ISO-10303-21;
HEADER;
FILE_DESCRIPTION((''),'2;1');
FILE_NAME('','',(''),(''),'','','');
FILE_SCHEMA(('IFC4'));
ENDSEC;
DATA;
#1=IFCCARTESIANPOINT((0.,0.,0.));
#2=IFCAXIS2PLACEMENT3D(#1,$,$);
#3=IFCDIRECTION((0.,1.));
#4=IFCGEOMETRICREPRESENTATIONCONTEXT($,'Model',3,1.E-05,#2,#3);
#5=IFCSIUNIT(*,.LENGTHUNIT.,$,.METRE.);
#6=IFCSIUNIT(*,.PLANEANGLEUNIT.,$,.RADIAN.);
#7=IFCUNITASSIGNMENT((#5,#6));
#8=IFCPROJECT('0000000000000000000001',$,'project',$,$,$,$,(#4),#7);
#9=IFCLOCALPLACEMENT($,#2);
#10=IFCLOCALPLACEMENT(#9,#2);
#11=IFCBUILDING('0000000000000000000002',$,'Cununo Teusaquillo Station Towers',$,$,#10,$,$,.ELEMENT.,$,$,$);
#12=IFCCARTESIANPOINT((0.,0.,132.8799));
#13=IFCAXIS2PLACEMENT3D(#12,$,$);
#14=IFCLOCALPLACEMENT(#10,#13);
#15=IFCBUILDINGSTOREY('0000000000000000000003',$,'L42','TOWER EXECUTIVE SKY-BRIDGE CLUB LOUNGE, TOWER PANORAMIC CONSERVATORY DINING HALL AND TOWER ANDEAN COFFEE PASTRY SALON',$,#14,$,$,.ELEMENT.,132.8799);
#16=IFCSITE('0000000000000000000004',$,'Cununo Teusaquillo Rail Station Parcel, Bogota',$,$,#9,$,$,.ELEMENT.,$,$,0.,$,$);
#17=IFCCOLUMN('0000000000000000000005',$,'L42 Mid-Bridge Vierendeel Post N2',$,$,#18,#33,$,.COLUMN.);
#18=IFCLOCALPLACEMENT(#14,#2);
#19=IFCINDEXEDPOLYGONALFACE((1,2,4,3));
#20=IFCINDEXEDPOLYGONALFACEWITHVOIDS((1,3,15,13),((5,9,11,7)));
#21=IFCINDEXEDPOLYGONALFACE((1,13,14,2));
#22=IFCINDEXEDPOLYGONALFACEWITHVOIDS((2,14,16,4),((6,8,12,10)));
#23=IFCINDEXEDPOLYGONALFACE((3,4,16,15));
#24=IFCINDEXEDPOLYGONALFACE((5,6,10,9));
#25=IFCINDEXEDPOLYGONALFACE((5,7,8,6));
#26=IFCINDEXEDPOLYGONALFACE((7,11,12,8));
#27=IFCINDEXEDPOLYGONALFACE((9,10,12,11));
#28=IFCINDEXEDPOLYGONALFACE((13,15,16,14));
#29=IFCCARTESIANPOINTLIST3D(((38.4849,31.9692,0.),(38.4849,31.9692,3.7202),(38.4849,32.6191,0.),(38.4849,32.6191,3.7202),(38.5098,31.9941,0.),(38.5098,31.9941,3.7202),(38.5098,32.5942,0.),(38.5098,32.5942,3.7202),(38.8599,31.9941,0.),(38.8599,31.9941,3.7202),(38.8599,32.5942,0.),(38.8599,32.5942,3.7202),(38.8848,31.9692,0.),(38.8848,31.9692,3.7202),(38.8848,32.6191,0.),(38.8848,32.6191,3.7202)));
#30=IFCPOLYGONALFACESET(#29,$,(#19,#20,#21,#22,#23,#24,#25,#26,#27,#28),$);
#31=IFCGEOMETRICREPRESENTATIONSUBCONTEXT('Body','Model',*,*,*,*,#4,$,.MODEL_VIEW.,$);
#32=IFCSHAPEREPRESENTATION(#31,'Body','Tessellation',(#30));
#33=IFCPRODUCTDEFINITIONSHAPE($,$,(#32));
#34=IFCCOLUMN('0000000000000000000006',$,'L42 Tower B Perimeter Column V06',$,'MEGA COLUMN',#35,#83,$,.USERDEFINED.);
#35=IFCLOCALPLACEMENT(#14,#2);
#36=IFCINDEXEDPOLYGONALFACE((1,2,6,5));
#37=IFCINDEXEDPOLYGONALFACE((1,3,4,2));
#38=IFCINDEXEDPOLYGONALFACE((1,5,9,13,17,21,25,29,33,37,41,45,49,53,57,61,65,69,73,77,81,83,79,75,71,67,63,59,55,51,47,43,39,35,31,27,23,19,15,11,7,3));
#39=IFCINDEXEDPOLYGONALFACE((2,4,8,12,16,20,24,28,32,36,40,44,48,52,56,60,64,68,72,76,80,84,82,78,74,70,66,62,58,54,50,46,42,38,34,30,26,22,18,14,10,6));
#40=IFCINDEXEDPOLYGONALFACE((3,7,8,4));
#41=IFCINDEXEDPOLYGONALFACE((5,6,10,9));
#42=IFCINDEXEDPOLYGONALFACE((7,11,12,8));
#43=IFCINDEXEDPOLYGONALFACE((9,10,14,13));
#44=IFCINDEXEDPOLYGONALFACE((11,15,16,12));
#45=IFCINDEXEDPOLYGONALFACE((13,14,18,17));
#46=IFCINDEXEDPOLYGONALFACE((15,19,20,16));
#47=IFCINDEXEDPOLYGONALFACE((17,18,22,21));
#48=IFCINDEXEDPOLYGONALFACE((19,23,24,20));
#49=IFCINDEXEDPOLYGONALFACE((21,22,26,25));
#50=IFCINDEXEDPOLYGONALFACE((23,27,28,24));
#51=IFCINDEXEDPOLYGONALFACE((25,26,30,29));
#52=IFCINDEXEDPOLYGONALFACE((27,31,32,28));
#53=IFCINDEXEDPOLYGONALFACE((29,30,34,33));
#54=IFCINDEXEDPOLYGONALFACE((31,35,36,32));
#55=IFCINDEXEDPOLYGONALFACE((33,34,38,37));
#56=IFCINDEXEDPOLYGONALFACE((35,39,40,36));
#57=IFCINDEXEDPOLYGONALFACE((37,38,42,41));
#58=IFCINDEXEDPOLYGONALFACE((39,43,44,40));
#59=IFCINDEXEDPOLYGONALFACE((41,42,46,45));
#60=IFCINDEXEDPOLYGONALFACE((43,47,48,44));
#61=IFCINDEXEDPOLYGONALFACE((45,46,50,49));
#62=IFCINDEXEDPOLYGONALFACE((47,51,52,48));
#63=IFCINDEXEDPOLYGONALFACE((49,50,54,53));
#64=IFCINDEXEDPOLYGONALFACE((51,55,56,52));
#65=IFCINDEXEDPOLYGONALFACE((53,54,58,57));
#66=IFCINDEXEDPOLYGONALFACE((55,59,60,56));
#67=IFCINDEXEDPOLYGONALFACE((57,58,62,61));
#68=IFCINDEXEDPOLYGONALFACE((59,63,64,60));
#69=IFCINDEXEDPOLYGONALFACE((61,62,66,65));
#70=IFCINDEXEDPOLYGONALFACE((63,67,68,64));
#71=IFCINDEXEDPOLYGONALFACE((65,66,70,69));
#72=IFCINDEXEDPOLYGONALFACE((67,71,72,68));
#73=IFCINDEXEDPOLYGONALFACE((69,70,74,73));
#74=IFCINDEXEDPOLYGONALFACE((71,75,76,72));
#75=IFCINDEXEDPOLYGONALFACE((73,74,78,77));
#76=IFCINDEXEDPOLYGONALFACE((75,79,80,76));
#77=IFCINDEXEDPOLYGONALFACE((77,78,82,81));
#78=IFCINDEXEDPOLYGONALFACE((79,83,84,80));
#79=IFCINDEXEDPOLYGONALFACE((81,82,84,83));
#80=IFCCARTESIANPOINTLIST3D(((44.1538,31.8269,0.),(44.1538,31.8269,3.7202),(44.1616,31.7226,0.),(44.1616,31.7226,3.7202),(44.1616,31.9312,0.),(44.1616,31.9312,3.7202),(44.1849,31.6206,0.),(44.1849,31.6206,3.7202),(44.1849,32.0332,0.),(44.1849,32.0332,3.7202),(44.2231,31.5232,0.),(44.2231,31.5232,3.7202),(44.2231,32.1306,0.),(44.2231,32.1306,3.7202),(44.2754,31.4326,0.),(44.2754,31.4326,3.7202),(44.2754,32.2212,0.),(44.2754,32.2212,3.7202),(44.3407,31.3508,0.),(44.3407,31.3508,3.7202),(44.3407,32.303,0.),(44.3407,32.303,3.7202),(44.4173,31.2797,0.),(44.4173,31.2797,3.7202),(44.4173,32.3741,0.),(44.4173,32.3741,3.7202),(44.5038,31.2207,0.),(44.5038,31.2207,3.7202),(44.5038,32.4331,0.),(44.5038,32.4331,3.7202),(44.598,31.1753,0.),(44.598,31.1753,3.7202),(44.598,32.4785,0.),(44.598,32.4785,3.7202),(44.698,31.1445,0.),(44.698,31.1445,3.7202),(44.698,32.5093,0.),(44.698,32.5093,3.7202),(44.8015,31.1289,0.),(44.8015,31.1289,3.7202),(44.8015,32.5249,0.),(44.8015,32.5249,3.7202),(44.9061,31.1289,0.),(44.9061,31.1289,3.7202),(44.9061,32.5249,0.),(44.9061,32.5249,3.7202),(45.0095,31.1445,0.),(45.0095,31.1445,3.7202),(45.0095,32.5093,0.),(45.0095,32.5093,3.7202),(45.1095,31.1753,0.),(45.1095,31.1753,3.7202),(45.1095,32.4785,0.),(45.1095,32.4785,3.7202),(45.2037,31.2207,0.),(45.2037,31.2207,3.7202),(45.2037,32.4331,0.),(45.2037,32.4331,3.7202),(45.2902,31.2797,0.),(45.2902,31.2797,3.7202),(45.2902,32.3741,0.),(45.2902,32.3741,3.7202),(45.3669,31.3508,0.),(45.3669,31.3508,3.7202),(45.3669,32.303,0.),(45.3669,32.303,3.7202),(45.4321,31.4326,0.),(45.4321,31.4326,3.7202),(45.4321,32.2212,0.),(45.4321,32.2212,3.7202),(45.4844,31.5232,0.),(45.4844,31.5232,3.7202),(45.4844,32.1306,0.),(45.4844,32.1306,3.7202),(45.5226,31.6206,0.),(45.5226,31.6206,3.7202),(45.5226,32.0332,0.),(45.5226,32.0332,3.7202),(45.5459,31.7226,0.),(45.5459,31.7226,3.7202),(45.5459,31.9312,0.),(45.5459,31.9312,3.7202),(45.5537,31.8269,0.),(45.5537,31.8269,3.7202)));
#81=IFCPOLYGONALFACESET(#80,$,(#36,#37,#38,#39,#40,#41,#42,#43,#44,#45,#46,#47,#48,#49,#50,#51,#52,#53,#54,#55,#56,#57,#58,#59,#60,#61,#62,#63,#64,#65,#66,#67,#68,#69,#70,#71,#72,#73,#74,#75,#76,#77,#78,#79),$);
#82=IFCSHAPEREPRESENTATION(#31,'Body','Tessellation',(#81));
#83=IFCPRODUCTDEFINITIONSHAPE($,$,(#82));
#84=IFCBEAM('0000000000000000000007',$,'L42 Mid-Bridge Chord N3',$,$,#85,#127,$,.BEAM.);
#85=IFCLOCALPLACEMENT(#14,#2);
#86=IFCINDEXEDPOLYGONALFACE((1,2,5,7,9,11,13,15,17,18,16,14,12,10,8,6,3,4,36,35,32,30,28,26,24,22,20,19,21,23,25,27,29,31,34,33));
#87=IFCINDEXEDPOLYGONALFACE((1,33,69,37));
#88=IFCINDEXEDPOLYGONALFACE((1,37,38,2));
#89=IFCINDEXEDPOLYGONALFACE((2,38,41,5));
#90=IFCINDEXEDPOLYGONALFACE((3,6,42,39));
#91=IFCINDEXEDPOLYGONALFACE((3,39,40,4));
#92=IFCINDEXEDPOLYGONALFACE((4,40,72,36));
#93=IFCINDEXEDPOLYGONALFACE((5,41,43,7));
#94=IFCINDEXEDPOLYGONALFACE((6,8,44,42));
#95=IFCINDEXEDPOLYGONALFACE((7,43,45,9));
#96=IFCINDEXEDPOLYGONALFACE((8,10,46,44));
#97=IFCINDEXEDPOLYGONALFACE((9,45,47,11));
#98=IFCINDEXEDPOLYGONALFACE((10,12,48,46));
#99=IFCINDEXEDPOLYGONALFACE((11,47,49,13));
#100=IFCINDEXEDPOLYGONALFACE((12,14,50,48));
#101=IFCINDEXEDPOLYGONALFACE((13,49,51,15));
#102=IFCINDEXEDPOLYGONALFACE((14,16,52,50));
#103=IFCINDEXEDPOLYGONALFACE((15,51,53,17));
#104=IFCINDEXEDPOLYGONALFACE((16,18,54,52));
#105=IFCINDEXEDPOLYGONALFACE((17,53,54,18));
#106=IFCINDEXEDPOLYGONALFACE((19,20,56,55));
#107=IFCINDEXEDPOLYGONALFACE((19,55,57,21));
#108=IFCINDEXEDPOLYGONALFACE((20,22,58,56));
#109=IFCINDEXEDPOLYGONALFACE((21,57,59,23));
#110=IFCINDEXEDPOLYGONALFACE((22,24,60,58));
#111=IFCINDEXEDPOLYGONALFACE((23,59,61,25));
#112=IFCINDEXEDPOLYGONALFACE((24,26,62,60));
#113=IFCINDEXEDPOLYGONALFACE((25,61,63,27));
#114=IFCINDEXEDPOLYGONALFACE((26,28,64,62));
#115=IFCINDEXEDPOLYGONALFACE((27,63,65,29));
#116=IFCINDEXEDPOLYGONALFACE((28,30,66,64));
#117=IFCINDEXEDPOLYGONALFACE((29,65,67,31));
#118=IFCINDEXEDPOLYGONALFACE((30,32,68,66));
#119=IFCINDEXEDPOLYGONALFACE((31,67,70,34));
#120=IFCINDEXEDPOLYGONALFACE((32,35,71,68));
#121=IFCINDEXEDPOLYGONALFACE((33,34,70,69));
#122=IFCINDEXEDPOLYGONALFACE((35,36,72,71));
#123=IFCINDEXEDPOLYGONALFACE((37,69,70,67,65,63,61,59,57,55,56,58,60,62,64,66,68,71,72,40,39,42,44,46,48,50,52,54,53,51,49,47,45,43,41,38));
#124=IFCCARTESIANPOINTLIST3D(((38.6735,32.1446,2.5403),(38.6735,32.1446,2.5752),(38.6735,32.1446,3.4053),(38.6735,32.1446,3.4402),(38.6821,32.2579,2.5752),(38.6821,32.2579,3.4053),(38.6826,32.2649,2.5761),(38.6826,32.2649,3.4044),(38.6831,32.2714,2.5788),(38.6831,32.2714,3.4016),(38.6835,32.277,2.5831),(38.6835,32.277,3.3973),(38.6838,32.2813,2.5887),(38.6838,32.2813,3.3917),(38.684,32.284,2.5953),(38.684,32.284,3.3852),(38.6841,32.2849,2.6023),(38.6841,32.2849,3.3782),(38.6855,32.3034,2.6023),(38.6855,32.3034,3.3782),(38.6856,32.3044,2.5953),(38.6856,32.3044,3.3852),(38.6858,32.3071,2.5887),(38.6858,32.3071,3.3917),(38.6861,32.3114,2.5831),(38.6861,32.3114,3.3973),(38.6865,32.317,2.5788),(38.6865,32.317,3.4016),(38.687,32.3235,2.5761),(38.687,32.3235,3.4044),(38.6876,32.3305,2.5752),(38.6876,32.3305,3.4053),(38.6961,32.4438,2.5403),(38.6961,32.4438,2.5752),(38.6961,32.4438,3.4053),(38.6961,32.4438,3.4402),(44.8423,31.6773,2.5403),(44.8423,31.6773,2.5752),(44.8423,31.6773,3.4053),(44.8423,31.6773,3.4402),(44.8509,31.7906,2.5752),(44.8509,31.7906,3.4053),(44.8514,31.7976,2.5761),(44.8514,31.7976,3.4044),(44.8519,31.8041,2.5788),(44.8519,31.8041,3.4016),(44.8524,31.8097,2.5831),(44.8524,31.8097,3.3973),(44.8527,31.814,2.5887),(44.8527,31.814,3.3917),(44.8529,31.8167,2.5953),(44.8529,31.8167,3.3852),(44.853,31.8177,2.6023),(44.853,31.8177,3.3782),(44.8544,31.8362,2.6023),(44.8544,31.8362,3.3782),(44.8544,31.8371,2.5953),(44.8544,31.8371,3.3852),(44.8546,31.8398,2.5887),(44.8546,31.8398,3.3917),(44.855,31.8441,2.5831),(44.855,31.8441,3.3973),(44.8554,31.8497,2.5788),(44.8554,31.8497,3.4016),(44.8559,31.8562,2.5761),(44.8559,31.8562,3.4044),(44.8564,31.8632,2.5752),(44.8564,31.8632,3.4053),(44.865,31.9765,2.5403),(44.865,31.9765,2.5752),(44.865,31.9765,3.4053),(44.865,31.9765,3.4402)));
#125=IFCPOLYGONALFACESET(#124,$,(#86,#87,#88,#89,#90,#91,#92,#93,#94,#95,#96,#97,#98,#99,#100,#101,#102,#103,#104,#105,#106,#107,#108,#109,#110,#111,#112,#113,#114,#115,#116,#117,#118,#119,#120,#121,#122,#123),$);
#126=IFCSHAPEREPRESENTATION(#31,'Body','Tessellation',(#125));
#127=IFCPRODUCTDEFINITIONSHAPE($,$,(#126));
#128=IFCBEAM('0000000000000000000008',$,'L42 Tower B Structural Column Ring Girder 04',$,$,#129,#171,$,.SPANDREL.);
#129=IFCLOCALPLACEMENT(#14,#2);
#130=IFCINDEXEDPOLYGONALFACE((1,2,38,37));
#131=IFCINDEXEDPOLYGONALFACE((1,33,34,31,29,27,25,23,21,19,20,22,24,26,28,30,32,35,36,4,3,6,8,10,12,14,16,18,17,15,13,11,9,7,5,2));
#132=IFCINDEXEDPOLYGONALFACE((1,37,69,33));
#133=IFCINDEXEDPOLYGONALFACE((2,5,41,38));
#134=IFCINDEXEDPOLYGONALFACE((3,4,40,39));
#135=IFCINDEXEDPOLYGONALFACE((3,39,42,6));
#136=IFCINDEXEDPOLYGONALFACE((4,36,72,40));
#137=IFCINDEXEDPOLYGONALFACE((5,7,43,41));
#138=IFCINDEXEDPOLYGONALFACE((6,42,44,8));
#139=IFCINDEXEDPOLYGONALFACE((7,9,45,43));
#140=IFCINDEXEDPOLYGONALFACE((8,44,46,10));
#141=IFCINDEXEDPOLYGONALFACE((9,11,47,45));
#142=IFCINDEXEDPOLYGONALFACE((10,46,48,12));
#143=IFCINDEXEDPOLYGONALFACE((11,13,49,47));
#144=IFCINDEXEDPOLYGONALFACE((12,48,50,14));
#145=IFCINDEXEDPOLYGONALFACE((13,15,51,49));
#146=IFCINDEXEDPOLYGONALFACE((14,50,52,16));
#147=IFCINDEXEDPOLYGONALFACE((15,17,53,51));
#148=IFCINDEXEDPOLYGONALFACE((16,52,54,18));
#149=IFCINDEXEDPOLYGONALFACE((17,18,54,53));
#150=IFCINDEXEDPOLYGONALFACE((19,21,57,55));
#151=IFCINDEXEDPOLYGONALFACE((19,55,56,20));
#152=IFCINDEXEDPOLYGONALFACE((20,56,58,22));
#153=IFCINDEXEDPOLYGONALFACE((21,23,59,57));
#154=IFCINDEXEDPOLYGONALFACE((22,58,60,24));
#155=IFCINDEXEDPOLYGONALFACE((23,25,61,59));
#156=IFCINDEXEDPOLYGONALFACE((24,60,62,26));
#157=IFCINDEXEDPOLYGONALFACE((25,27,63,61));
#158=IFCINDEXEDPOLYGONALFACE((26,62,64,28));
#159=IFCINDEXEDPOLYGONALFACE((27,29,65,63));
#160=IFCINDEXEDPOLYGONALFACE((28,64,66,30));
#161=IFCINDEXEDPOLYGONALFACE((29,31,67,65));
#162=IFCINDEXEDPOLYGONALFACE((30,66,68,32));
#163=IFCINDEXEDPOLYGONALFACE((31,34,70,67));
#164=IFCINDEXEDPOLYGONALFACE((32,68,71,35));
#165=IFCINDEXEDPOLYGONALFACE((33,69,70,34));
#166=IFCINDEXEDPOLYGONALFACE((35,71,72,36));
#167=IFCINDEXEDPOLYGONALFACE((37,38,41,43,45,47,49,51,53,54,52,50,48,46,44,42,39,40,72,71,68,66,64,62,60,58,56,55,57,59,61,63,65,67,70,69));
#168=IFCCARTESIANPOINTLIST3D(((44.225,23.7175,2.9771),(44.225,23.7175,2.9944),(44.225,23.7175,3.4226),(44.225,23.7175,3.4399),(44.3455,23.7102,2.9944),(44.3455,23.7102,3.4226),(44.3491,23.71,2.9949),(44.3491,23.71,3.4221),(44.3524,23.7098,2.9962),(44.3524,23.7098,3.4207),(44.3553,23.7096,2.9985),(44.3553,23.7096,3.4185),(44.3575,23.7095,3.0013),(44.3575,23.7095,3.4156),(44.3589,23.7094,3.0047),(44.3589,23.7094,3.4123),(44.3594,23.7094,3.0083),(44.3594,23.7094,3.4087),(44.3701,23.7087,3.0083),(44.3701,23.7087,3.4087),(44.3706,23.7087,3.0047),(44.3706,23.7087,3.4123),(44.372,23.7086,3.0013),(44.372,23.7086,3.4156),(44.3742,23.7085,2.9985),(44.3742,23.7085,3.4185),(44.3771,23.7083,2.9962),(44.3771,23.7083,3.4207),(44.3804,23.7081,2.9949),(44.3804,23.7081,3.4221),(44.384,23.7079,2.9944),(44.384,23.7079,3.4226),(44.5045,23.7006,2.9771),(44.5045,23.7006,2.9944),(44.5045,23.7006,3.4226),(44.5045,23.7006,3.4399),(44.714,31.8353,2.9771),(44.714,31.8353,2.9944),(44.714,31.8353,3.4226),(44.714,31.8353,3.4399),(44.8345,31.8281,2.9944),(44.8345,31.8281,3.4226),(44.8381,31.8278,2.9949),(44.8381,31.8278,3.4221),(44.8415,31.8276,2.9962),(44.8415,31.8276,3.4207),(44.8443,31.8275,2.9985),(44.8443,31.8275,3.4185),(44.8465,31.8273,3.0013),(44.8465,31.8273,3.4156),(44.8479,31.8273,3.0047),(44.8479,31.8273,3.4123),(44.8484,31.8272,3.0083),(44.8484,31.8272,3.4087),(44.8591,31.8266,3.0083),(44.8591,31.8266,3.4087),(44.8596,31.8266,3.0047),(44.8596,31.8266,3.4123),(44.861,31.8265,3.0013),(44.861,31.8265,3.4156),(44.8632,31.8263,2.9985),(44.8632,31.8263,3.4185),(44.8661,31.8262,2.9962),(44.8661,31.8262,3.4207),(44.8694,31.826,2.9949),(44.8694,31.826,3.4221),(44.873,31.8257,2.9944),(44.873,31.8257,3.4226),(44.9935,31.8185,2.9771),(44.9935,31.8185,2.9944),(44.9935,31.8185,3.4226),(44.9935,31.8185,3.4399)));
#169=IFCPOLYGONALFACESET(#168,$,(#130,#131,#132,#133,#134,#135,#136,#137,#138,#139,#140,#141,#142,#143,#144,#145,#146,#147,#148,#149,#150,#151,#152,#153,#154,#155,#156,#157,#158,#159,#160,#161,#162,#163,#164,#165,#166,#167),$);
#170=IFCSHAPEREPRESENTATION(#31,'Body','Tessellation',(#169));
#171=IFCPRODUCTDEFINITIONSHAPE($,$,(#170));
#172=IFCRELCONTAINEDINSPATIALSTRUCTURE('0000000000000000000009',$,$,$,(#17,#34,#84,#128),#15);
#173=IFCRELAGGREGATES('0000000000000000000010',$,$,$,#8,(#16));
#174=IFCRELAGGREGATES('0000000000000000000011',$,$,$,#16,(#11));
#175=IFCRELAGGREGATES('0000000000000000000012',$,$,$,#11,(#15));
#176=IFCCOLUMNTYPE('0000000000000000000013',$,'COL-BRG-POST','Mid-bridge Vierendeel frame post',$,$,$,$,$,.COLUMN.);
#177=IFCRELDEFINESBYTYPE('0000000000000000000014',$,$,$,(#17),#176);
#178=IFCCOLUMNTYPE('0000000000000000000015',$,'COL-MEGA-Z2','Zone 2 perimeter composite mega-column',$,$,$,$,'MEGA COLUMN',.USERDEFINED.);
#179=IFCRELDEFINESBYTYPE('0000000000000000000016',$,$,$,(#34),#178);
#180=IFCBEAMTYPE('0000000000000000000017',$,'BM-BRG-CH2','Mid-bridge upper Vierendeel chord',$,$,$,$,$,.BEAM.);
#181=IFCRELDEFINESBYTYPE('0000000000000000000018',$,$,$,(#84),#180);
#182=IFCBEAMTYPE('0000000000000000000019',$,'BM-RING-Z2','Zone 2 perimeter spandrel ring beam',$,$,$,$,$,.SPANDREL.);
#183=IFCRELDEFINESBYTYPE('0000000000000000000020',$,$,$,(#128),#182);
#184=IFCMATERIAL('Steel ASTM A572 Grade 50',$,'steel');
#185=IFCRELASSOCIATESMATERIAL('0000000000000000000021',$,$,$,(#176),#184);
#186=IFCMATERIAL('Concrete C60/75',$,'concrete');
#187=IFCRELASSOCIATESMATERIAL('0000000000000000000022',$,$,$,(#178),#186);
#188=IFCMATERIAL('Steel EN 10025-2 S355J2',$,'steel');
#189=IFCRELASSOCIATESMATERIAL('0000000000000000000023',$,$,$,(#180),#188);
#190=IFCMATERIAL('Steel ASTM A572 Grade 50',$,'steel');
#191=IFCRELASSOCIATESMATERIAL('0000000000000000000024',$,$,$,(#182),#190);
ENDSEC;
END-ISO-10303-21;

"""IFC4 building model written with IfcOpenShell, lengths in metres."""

from ifc_helpers import new_model, si_unit, direction, frame, origin, origin_2d, place, context, subcontext, project, spatial, hollow_rectangle, circle, i_section, extrude, material, material_profile, profile_set, type_object, element, save


model = new_model("IFC4")

# Units and contexts
model_context = context("Model", 3, precision=1e-05, world=origin(), true_north=direction((0.0, 1.0)))
body_context = subcontext(model_context, "Body", "Model", "MODEL_VIEW")
ifc_project = project(units=[si_unit("LENGTHUNIT", "METRE"), si_unit("PLANEANGLEUNIT", "RADIAN")], contexts=[model_context])

# Site, building, storey
site_placement = place(None, origin())
site = spatial("IfcSite", under=ifc_project, at=site_placement, Name="Cununo Teusaquillo Rail Station Parcel, Bogota", CompositionType="ELEMENT", RefElevation=0.0)
building_placement = place(site_placement, origin())
building = spatial("IfcBuilding", under=site, at=building_placement, Name="Cununo Teusaquillo Station Towers", CompositionType="ELEMENT")
storey_placement = place(building_placement, frame((0.0, 0.0, 132.8799)))
storey = spatial("IfcBuildingStorey", under=building, at=storey_placement, Name="L42", Description="TOWER EXECUTIVE SKY-BRIDGE CLUB LOUNGE, TOWER PANORAMIC CONSERVATORY DINING HALL AND TOWER ANDEAN COFFEE PASTRY SALON", CompositionType="ELEMENT", Elevation=132.8799)

# Columns
ifc_material_1 = material(Name="Steel ASTM A572 Grade 50", Category="steel")
ifc_material_profile_1 = material_profile(ifc_material_1, hollow_rectangle(XDim=0.3999, YDim=0.6499, WallThickness=0.0249, at=origin_2d()), Name="RHS 650x400x25")
ifc_profile_set_1 = profile_set([ifc_material_profile_1], Name="Steel ASTM A572 Grade 50")
column_type_1 = type_object("IfcColumnType", Name="COL-BRG-POST", Description="Mid-bridge Vierendeel frame post", PredefinedType="COLUMN", material=ifc_profile_set_1)
column_1_placement = place(storey_placement, frame((38.6848, 32.2942, 0.0), z_axis=(0.0, 0.0, 1.0), x_axis=(1.0, 0.0, 0.0)))
element("IfcColumn", 1, at=column_1_placement, inside=storey, type_object=column_type_1, Name="L42 Mid-Bridge Vierendeel Post N2", PredefinedType="COLUMN", context=body_context, shape_type="SweptSolid", body=[
    extrude(hollow_rectangle(XDim=0.3999, YDim=0.6499, WallThickness=0.0249, at=origin_2d()), origin(), (0.0, 0.0, 1.0), 3.7202),
])
ifc_material_2 = material(Name="Concrete C60/75", Category="concrete")
ifc_material_profile_2 = material_profile(ifc_material_2, circle(Radius=0.7, at=origin_2d()), Name="RC-CIRC-1400")
ifc_profile_set_2 = profile_set([ifc_material_profile_2], Name="Concrete C60/75")
column_type_2 = type_object("IfcColumnType", Name="COL-MEGA-Z2", Description="Zone 2 perimeter composite mega-column", ElementType="MEGA COLUMN", PredefinedType="USERDEFINED", material=ifc_profile_set_2)
column_2_placement = place(storey_placement, frame((44.8538, 31.8269, 0.0), z_axis=(0.0, 0.0, 1.0), x_axis=(1.0, 0.0, 0.0)))
element("IfcColumn", 2, at=column_2_placement, inside=storey, type_object=column_type_2, Name="L42 Tower B Perimeter Column V06", ObjectType="MEGA COLUMN", PredefinedType="USERDEFINED", context=body_context, shape_type="SweptSolid", body=[
    extrude(circle(Radius=0.7, at=origin_2d()), origin(), (0.0, 0.0, 1.0), 3.7202),
])

# Beams
ifc_material_3 = material(Name="Steel EN 10025-2 S355J2", Category="steel")
ifc_material_profile_3 = material_profile(ifc_material_3, i_section(OverallWidth=0.3, OverallDepth=0.8999, WebThickness=0.0186, FlangeThickness=0.0349, FilletRadius=0.0271, at=origin_2d()), Name="HEB 900")
ifc_profile_set_3 = profile_set([ifc_material_profile_3], Name="Steel EN 10025-2 S355J2")
beam_type_1 = type_object("IfcBeamType", Name="BM-BRG-CH2", Description="Mid-bridge upper Vierendeel chord", PredefinedType="BEAM", material=ifc_profile_set_3)
beam_1_placement = place(storey_placement, frame((38.6848, 32.2942, 2.9902), z_axis=(0.997143, -0.075532, 0.0), x_axis=(0.075532, 0.997143, 0.0)))
element("IfcBeam", 3, at=beam_1_placement, inside=storey, type_object=beam_type_1, Name="L42 Mid-Bridge Chord N3", PredefinedType="BEAM", context=body_context, shape_type="SweptSolid", body=[
    extrude(i_section(OverallWidth=0.3, OverallDepth=0.8999, WebThickness=0.0186, FlangeThickness=0.0349, FilletRadius=0.0271, at=origin_2d()), origin(), (0.0, 0.0, 1.0), 6.1865),
])
ifc_material_4 = material(Name="Steel ASTM A572 Grade 50", Category="steel")
ifc_material_profile_4 = material_profile(ifc_material_4, i_section(OverallWidth=0.28, OverallDepth=0.4629, WebThickness=0.0107, FlangeThickness=0.0173, FilletRadius=0.0139, at=origin_2d()), Name="W18X76")
ifc_profile_set_4 = profile_set([ifc_material_profile_4], Name="Steel ASTM A572 Grade 50")
beam_type_2 = type_object("IfcBeamType", Name="BM-RING-Z2", Description="Zone 2 perimeter spandrel ring beam", PredefinedType="SPANDREL", material=ifc_profile_set_4)
beam_2_placement = place(storey_placement, frame((44.8538, 31.8269, 3.2085), z_axis=(-0.06013, -0.998191, 0.0), x_axis=(0.998191, -0.06013, 0.0)))
element("IfcBeam", 4, at=beam_2_placement, inside=storey, type_object=beam_type_2, Name="L42 Tower B Structural Column Ring Girder 04", PredefinedType="SPANDREL", context=body_context, shape_type="SweptSolid", body=[
    extrude(i_section(OverallWidth=0.28, OverallDepth=0.4629, WebThickness=0.0107, FlangeThickness=0.0173, FilletRadius=0.0139, at=origin_2d()), origin(), (0.0, 0.0, 1.0), 8.1326),
])

save(model, "model.ifc")
